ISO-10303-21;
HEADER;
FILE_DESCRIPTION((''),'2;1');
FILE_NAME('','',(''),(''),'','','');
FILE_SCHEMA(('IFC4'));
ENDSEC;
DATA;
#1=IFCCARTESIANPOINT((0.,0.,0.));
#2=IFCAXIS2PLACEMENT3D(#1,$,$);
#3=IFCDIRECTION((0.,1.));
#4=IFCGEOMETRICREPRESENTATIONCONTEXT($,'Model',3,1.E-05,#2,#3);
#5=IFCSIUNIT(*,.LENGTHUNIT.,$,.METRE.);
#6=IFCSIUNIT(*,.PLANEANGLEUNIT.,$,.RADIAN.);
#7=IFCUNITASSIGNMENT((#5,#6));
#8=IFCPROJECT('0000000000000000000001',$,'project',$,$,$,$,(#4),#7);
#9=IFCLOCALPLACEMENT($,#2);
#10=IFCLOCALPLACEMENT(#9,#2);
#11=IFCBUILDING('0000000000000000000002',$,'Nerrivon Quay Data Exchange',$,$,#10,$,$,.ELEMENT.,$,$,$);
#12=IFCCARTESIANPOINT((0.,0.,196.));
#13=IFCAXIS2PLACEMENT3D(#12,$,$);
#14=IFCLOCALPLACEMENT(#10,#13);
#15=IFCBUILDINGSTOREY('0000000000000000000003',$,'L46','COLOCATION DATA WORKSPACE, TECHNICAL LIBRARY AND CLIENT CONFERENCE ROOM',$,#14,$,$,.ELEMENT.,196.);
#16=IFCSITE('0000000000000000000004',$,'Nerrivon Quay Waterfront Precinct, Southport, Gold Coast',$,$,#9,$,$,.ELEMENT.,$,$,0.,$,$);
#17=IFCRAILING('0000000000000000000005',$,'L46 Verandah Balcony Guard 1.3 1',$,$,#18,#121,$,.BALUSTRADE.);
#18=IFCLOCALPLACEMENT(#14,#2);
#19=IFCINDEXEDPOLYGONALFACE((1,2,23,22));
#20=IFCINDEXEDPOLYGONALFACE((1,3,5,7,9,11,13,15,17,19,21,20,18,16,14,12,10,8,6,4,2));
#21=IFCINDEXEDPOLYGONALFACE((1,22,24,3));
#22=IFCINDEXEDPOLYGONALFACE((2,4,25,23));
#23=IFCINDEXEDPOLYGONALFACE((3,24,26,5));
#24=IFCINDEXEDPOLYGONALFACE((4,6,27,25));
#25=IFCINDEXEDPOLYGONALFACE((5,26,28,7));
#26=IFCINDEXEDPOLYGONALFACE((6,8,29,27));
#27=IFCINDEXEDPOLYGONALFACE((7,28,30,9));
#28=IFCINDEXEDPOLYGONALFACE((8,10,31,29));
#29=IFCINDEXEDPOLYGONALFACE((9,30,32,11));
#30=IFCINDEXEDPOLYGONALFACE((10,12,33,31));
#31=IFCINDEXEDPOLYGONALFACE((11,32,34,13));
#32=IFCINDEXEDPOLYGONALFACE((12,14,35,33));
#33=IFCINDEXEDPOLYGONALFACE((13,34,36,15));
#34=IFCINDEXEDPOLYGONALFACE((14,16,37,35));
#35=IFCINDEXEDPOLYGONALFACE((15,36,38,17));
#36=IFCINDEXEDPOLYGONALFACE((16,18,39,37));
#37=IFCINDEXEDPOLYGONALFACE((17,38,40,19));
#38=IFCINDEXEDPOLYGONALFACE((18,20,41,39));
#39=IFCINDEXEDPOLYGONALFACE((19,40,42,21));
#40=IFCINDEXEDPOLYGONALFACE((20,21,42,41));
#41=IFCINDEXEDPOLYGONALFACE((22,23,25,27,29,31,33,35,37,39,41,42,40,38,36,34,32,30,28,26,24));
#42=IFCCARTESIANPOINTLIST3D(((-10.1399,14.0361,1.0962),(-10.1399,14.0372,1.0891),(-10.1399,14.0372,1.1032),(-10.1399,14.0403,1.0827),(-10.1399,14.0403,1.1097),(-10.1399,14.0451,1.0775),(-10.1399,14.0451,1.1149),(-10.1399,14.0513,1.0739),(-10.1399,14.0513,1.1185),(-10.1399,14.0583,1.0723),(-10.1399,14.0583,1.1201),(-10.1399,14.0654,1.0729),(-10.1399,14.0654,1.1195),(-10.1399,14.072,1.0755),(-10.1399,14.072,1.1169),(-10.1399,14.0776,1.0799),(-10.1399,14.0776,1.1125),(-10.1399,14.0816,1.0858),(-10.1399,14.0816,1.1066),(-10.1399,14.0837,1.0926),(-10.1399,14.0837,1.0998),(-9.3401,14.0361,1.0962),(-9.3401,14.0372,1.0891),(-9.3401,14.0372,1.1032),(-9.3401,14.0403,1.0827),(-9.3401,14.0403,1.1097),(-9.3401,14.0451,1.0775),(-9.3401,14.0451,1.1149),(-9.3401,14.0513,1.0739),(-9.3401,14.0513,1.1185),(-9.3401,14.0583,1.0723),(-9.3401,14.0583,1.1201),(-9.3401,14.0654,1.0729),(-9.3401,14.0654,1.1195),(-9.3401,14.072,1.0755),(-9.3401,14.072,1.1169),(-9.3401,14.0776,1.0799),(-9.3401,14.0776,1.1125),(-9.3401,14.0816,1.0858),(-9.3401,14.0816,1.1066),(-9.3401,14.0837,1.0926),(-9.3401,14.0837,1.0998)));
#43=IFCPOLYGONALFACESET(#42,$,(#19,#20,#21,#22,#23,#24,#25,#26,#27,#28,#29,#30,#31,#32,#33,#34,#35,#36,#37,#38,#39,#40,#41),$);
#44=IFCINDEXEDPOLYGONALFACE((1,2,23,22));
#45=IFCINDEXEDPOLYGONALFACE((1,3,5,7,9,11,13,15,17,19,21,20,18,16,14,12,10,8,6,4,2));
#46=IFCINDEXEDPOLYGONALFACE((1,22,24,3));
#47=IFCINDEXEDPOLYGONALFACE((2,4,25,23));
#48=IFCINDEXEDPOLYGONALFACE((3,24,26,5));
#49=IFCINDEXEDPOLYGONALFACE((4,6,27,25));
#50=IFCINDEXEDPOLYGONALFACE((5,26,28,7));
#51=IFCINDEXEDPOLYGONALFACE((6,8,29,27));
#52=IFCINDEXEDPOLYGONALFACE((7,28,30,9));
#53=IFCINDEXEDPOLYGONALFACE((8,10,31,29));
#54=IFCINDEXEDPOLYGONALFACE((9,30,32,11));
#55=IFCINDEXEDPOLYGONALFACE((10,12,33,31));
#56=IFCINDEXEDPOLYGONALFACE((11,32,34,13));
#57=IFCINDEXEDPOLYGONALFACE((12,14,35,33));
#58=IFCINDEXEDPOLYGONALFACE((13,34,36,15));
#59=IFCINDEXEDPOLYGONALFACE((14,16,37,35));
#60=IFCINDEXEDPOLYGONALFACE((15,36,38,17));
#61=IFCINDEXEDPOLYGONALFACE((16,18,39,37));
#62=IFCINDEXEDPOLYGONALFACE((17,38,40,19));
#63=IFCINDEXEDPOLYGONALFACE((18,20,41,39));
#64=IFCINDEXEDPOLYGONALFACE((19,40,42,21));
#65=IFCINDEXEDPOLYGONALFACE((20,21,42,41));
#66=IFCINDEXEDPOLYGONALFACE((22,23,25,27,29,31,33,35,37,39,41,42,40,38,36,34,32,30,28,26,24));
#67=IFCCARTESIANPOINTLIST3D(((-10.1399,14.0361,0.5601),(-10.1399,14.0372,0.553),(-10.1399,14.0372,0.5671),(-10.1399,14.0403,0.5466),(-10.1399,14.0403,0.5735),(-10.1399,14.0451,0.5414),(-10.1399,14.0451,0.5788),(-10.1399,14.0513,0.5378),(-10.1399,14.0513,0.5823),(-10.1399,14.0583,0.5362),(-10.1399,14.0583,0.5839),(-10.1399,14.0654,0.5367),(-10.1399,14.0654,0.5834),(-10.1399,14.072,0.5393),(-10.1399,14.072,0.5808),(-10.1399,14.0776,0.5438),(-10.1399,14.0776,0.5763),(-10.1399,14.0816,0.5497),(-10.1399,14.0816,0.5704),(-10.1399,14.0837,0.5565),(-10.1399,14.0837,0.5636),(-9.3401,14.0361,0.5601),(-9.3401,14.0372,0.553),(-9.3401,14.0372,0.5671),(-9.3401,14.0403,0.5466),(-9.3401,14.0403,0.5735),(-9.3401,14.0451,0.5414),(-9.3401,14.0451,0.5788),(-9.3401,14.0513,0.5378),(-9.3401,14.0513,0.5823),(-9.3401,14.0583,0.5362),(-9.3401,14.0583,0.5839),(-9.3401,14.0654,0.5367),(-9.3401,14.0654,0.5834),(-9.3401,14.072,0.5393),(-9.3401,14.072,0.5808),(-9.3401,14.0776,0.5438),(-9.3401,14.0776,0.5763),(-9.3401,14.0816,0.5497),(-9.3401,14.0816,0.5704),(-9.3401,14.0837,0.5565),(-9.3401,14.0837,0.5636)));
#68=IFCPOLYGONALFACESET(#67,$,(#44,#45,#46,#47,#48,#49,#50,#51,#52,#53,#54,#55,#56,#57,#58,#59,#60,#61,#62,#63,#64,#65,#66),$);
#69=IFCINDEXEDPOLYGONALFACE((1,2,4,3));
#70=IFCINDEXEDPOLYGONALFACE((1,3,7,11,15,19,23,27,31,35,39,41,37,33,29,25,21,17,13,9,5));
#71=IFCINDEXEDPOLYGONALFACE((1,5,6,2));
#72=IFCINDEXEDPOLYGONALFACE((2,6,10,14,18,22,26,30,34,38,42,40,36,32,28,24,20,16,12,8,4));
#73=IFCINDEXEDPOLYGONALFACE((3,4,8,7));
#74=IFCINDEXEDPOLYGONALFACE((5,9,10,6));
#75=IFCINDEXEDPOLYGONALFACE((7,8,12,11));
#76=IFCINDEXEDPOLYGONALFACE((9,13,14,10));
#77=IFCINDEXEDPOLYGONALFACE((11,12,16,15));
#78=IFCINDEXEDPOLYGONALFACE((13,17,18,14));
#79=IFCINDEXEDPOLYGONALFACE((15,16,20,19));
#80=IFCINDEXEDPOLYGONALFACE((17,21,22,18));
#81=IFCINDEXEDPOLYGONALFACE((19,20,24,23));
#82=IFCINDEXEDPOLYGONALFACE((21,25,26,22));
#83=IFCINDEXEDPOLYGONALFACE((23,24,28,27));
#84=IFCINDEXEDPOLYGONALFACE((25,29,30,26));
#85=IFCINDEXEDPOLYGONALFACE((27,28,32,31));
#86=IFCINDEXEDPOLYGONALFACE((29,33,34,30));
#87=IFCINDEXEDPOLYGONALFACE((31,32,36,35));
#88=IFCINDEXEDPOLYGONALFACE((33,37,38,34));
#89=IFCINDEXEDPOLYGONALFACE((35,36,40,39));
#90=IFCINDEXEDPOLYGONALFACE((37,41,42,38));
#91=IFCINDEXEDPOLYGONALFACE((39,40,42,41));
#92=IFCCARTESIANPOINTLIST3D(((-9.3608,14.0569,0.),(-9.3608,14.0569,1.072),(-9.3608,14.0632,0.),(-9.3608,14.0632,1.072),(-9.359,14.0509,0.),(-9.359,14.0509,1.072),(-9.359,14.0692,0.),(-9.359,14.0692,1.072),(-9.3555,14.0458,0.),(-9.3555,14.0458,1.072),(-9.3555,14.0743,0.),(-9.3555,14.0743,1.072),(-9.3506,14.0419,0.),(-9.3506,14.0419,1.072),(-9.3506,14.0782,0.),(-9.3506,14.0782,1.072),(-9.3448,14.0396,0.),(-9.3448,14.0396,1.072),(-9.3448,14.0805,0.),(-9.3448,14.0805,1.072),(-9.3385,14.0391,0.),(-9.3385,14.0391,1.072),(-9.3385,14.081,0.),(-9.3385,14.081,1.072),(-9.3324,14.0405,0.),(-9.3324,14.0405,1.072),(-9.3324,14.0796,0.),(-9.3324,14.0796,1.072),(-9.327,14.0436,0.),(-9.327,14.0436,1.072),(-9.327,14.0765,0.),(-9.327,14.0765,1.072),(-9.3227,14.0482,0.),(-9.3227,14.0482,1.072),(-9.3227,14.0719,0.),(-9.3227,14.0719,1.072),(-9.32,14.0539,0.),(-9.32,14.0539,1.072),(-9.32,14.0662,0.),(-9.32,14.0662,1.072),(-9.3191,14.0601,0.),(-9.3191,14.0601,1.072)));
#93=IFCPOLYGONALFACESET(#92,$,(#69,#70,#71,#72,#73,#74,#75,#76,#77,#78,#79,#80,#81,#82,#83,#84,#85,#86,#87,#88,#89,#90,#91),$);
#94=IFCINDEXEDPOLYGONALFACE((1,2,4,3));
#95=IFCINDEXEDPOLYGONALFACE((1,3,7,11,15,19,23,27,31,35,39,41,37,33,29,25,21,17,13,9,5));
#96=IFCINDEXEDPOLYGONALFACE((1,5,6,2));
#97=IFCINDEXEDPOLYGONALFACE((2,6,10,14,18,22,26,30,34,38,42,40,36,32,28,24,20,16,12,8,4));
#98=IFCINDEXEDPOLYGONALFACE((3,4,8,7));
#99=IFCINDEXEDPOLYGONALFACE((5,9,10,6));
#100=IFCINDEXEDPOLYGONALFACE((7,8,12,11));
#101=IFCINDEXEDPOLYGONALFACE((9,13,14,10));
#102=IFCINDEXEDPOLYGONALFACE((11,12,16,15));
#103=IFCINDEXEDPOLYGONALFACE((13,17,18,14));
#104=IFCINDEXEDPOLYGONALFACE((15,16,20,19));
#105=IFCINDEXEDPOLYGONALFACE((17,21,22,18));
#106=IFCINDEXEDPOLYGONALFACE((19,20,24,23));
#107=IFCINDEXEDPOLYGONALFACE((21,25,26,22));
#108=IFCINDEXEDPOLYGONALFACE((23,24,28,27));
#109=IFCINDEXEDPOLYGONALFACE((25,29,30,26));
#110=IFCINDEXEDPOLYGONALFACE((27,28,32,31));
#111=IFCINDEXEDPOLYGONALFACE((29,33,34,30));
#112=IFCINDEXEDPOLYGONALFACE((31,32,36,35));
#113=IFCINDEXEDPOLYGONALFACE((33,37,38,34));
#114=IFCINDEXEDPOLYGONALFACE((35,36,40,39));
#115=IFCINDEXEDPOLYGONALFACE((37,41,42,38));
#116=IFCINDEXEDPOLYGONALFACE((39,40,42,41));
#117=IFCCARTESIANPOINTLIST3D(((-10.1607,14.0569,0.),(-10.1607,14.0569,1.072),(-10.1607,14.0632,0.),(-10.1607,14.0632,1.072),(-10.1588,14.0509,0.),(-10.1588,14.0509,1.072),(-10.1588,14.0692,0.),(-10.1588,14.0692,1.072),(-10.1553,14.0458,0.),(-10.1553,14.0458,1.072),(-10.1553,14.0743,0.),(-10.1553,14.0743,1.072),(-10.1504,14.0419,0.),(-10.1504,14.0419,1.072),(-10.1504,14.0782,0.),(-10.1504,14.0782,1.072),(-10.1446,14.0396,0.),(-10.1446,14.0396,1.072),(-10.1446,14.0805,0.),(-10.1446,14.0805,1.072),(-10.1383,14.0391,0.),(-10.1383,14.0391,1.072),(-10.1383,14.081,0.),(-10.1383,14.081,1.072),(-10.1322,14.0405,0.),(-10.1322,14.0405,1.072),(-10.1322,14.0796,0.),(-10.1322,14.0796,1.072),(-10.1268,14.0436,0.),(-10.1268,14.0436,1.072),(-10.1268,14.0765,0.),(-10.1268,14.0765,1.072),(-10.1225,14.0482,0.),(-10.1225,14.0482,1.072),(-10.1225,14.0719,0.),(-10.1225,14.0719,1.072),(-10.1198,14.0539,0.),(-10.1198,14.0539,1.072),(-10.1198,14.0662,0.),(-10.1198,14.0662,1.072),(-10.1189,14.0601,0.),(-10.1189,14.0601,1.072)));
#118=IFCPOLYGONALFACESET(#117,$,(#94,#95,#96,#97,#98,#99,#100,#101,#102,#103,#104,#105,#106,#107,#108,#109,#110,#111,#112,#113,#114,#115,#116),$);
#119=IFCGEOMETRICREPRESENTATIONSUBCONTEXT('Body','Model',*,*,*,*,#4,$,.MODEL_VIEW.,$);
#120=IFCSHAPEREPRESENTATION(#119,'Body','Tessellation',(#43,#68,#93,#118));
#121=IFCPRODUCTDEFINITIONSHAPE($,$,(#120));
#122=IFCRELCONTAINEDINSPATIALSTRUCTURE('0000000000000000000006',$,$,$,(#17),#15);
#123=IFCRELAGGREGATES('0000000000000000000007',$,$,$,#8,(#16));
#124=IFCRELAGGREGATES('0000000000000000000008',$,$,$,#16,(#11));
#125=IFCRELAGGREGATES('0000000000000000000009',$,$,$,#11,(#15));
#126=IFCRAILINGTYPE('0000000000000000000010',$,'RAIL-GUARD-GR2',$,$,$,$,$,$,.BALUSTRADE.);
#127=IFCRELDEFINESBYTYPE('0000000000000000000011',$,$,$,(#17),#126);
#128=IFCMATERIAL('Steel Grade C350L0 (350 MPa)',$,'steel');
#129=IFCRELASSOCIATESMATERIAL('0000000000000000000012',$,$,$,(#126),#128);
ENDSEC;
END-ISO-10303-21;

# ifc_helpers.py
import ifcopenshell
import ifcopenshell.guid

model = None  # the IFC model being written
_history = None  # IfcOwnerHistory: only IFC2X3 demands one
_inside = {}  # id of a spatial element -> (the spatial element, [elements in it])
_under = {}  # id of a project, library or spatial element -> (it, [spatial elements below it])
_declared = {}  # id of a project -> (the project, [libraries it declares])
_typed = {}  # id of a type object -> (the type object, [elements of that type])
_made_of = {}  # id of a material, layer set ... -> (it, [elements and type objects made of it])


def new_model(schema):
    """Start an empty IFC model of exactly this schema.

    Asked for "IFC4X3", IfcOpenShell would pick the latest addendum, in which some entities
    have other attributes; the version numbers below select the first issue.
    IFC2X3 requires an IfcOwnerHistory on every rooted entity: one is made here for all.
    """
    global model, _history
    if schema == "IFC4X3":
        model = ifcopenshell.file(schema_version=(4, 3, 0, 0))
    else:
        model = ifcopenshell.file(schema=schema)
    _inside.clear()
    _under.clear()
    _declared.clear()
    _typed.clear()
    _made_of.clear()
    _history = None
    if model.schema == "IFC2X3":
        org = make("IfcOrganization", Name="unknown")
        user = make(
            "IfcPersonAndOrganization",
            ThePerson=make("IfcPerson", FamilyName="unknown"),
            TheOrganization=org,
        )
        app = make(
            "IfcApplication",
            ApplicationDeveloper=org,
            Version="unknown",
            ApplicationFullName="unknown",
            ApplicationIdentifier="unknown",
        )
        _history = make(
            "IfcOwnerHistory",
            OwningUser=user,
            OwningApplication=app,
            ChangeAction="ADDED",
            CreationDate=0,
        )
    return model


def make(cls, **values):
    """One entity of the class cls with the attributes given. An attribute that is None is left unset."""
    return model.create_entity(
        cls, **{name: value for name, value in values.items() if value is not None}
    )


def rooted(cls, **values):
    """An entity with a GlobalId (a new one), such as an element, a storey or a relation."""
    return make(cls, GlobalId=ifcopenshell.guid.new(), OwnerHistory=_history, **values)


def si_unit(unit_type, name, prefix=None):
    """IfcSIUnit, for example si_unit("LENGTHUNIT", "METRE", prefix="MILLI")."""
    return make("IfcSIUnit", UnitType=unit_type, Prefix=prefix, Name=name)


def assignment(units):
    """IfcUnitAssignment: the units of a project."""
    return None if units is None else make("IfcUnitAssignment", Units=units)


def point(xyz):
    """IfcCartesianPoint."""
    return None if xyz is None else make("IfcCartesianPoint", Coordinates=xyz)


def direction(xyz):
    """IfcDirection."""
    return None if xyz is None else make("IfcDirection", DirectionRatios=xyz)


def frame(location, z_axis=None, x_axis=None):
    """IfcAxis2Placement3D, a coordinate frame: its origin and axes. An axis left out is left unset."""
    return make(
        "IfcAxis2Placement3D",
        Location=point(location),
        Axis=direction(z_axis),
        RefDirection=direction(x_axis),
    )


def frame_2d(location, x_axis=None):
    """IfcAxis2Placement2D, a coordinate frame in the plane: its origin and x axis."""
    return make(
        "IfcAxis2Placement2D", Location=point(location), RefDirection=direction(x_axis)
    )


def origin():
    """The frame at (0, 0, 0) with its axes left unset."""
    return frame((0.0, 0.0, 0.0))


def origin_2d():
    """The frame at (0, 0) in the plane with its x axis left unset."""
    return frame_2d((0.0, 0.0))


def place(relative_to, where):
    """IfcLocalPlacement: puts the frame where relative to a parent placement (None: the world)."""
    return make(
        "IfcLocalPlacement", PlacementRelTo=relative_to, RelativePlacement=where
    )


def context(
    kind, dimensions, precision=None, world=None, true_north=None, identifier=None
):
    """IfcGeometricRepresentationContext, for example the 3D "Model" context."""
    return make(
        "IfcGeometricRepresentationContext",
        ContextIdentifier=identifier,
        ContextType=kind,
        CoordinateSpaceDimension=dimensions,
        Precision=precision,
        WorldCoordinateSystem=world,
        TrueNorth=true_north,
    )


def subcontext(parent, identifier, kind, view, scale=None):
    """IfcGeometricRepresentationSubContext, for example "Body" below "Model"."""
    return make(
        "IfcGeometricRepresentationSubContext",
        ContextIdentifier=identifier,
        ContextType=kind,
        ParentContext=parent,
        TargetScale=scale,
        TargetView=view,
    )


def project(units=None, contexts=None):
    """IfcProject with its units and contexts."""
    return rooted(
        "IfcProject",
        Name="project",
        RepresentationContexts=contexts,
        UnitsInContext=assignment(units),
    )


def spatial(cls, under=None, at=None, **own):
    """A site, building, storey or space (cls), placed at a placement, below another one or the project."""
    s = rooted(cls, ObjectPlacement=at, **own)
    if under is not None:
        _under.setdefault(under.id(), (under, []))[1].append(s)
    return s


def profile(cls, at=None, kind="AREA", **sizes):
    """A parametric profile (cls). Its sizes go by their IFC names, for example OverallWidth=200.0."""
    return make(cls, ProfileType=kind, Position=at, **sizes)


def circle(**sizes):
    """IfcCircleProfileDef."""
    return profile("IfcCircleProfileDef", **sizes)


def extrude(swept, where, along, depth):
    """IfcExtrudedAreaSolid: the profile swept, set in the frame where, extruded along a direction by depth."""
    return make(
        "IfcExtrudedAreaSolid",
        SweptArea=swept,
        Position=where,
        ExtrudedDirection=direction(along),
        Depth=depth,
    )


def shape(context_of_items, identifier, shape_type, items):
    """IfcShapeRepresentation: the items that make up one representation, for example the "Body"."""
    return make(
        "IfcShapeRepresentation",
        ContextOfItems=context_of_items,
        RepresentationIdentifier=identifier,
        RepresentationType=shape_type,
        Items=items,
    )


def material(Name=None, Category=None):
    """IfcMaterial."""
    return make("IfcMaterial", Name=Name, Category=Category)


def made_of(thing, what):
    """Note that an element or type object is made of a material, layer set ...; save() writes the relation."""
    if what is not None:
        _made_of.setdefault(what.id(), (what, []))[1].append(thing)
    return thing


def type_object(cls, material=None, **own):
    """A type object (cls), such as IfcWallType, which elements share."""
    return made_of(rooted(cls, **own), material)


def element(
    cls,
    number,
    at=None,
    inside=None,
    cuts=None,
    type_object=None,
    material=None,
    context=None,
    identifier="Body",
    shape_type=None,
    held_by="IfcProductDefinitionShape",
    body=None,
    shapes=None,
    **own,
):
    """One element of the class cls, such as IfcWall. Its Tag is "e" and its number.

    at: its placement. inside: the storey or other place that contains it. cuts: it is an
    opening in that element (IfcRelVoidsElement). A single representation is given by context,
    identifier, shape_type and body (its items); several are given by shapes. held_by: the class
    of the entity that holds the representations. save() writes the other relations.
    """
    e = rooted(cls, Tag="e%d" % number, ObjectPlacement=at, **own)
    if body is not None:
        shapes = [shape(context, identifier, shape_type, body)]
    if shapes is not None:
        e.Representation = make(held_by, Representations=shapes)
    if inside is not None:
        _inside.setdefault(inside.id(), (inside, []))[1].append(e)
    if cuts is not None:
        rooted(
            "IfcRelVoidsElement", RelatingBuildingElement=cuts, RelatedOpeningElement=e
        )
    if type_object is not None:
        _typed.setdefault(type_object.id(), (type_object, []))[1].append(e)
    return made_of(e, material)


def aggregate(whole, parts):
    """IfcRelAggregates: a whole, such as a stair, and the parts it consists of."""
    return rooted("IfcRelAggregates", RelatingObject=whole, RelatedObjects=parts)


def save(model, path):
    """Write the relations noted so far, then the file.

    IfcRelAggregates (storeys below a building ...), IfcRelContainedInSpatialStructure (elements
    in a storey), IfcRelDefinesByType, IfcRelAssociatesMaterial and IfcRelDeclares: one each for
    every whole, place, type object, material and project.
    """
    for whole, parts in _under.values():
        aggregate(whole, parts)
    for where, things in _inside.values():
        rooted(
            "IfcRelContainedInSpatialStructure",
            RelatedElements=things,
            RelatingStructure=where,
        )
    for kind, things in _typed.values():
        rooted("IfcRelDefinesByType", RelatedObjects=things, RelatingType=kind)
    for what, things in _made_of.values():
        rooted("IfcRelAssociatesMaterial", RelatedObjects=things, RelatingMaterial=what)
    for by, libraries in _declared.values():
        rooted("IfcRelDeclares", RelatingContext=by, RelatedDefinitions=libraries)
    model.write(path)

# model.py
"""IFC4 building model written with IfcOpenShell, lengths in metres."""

from ifc_helpers import new_model, si_unit, direction, frame, origin, origin_2d, place, context, subcontext, project, spatial, circle, extrude, material, type_object, element, save


model = new_model("IFC4")

# Units and contexts
model_context = context("Model", 3, precision=1e-05, world=origin(), true_north=direction((0.0, 1.0)))
body_context = subcontext(model_context, "Body", "Model", "MODEL_VIEW")
ifc_project = project(units=[si_unit("LENGTHUNIT", "METRE"), si_unit("PLANEANGLEUNIT", "RADIAN")], contexts=[model_context])

# Site, building, storey
site_placement = place(None, origin())
site = spatial("IfcSite", under=ifc_project, at=site_placement, Name="Nerrivon Quay Waterfront Precinct, Southport, Gold Coast", CompositionType="ELEMENT", RefElevation=0.0)
building_placement = place(site_placement, origin())
building = spatial("IfcBuilding", under=site, at=building_placement, Name="Nerrivon Quay Data Exchange", CompositionType="ELEMENT")
storey_placement = place(building_placement, frame((0.0, 0.0, 196.0)))
storey = spatial("IfcBuildingStorey", under=building, at=storey_placement, Name="L46", Description="COLOCATION DATA WORKSPACE, TECHNICAL LIBRARY AND CLIENT CONFERENCE ROOM", CompositionType="ELEMENT", Elevation=196.0)

# Railing
ifc_material_1 = material(Name="Steel Grade C350L0 (350 MPa)", Category="steel")
railing_type = type_object("IfcRailingType", Name="RAIL-GUARD-GR2", PredefinedType="BALUSTRADE", material=ifc_material_1)
railing_1_placement = place(storey_placement, frame((-9.3401, 14.0601, 0.0)))
element("IfcRailing", 1, at=railing_1_placement, inside=storey, type_object=railing_type, Name="L46 Verandah Balcony Guard 1.3 1", PredefinedType="BALUSTRADE", context=body_context, shape_type="SweptSolid", body=[
    extrude(circle(Radius=0.0239, at=origin_2d()), frame((0.0, 0.0, 1.0962), z_axis=(-1.0, 0.0, 0.0), x_axis=(0.0, -1.0, 0.0)), (0.0, 0.0, 1.0), 0.7998),
    extrude(circle(Radius=0.0239, at=origin_2d()), frame((0.0, 0.0, 0.5601), z_axis=(-1.0, 0.0, 0.0), x_axis=(0.0, -1.0, 0.0)), (0.0, 0.0, 1.0), 0.7998),
    extrude(circle(Radius=0.021, at=origin_2d()), origin(), (0.0, 0.0, 1.0), 1.072),
    extrude(circle(Radius=0.021, at=origin_2d()), frame((-0.7998, 0.0, 0.0)), (0.0, 0.0, 1.0), 1.072),
])

save(model, "model.ifc")
